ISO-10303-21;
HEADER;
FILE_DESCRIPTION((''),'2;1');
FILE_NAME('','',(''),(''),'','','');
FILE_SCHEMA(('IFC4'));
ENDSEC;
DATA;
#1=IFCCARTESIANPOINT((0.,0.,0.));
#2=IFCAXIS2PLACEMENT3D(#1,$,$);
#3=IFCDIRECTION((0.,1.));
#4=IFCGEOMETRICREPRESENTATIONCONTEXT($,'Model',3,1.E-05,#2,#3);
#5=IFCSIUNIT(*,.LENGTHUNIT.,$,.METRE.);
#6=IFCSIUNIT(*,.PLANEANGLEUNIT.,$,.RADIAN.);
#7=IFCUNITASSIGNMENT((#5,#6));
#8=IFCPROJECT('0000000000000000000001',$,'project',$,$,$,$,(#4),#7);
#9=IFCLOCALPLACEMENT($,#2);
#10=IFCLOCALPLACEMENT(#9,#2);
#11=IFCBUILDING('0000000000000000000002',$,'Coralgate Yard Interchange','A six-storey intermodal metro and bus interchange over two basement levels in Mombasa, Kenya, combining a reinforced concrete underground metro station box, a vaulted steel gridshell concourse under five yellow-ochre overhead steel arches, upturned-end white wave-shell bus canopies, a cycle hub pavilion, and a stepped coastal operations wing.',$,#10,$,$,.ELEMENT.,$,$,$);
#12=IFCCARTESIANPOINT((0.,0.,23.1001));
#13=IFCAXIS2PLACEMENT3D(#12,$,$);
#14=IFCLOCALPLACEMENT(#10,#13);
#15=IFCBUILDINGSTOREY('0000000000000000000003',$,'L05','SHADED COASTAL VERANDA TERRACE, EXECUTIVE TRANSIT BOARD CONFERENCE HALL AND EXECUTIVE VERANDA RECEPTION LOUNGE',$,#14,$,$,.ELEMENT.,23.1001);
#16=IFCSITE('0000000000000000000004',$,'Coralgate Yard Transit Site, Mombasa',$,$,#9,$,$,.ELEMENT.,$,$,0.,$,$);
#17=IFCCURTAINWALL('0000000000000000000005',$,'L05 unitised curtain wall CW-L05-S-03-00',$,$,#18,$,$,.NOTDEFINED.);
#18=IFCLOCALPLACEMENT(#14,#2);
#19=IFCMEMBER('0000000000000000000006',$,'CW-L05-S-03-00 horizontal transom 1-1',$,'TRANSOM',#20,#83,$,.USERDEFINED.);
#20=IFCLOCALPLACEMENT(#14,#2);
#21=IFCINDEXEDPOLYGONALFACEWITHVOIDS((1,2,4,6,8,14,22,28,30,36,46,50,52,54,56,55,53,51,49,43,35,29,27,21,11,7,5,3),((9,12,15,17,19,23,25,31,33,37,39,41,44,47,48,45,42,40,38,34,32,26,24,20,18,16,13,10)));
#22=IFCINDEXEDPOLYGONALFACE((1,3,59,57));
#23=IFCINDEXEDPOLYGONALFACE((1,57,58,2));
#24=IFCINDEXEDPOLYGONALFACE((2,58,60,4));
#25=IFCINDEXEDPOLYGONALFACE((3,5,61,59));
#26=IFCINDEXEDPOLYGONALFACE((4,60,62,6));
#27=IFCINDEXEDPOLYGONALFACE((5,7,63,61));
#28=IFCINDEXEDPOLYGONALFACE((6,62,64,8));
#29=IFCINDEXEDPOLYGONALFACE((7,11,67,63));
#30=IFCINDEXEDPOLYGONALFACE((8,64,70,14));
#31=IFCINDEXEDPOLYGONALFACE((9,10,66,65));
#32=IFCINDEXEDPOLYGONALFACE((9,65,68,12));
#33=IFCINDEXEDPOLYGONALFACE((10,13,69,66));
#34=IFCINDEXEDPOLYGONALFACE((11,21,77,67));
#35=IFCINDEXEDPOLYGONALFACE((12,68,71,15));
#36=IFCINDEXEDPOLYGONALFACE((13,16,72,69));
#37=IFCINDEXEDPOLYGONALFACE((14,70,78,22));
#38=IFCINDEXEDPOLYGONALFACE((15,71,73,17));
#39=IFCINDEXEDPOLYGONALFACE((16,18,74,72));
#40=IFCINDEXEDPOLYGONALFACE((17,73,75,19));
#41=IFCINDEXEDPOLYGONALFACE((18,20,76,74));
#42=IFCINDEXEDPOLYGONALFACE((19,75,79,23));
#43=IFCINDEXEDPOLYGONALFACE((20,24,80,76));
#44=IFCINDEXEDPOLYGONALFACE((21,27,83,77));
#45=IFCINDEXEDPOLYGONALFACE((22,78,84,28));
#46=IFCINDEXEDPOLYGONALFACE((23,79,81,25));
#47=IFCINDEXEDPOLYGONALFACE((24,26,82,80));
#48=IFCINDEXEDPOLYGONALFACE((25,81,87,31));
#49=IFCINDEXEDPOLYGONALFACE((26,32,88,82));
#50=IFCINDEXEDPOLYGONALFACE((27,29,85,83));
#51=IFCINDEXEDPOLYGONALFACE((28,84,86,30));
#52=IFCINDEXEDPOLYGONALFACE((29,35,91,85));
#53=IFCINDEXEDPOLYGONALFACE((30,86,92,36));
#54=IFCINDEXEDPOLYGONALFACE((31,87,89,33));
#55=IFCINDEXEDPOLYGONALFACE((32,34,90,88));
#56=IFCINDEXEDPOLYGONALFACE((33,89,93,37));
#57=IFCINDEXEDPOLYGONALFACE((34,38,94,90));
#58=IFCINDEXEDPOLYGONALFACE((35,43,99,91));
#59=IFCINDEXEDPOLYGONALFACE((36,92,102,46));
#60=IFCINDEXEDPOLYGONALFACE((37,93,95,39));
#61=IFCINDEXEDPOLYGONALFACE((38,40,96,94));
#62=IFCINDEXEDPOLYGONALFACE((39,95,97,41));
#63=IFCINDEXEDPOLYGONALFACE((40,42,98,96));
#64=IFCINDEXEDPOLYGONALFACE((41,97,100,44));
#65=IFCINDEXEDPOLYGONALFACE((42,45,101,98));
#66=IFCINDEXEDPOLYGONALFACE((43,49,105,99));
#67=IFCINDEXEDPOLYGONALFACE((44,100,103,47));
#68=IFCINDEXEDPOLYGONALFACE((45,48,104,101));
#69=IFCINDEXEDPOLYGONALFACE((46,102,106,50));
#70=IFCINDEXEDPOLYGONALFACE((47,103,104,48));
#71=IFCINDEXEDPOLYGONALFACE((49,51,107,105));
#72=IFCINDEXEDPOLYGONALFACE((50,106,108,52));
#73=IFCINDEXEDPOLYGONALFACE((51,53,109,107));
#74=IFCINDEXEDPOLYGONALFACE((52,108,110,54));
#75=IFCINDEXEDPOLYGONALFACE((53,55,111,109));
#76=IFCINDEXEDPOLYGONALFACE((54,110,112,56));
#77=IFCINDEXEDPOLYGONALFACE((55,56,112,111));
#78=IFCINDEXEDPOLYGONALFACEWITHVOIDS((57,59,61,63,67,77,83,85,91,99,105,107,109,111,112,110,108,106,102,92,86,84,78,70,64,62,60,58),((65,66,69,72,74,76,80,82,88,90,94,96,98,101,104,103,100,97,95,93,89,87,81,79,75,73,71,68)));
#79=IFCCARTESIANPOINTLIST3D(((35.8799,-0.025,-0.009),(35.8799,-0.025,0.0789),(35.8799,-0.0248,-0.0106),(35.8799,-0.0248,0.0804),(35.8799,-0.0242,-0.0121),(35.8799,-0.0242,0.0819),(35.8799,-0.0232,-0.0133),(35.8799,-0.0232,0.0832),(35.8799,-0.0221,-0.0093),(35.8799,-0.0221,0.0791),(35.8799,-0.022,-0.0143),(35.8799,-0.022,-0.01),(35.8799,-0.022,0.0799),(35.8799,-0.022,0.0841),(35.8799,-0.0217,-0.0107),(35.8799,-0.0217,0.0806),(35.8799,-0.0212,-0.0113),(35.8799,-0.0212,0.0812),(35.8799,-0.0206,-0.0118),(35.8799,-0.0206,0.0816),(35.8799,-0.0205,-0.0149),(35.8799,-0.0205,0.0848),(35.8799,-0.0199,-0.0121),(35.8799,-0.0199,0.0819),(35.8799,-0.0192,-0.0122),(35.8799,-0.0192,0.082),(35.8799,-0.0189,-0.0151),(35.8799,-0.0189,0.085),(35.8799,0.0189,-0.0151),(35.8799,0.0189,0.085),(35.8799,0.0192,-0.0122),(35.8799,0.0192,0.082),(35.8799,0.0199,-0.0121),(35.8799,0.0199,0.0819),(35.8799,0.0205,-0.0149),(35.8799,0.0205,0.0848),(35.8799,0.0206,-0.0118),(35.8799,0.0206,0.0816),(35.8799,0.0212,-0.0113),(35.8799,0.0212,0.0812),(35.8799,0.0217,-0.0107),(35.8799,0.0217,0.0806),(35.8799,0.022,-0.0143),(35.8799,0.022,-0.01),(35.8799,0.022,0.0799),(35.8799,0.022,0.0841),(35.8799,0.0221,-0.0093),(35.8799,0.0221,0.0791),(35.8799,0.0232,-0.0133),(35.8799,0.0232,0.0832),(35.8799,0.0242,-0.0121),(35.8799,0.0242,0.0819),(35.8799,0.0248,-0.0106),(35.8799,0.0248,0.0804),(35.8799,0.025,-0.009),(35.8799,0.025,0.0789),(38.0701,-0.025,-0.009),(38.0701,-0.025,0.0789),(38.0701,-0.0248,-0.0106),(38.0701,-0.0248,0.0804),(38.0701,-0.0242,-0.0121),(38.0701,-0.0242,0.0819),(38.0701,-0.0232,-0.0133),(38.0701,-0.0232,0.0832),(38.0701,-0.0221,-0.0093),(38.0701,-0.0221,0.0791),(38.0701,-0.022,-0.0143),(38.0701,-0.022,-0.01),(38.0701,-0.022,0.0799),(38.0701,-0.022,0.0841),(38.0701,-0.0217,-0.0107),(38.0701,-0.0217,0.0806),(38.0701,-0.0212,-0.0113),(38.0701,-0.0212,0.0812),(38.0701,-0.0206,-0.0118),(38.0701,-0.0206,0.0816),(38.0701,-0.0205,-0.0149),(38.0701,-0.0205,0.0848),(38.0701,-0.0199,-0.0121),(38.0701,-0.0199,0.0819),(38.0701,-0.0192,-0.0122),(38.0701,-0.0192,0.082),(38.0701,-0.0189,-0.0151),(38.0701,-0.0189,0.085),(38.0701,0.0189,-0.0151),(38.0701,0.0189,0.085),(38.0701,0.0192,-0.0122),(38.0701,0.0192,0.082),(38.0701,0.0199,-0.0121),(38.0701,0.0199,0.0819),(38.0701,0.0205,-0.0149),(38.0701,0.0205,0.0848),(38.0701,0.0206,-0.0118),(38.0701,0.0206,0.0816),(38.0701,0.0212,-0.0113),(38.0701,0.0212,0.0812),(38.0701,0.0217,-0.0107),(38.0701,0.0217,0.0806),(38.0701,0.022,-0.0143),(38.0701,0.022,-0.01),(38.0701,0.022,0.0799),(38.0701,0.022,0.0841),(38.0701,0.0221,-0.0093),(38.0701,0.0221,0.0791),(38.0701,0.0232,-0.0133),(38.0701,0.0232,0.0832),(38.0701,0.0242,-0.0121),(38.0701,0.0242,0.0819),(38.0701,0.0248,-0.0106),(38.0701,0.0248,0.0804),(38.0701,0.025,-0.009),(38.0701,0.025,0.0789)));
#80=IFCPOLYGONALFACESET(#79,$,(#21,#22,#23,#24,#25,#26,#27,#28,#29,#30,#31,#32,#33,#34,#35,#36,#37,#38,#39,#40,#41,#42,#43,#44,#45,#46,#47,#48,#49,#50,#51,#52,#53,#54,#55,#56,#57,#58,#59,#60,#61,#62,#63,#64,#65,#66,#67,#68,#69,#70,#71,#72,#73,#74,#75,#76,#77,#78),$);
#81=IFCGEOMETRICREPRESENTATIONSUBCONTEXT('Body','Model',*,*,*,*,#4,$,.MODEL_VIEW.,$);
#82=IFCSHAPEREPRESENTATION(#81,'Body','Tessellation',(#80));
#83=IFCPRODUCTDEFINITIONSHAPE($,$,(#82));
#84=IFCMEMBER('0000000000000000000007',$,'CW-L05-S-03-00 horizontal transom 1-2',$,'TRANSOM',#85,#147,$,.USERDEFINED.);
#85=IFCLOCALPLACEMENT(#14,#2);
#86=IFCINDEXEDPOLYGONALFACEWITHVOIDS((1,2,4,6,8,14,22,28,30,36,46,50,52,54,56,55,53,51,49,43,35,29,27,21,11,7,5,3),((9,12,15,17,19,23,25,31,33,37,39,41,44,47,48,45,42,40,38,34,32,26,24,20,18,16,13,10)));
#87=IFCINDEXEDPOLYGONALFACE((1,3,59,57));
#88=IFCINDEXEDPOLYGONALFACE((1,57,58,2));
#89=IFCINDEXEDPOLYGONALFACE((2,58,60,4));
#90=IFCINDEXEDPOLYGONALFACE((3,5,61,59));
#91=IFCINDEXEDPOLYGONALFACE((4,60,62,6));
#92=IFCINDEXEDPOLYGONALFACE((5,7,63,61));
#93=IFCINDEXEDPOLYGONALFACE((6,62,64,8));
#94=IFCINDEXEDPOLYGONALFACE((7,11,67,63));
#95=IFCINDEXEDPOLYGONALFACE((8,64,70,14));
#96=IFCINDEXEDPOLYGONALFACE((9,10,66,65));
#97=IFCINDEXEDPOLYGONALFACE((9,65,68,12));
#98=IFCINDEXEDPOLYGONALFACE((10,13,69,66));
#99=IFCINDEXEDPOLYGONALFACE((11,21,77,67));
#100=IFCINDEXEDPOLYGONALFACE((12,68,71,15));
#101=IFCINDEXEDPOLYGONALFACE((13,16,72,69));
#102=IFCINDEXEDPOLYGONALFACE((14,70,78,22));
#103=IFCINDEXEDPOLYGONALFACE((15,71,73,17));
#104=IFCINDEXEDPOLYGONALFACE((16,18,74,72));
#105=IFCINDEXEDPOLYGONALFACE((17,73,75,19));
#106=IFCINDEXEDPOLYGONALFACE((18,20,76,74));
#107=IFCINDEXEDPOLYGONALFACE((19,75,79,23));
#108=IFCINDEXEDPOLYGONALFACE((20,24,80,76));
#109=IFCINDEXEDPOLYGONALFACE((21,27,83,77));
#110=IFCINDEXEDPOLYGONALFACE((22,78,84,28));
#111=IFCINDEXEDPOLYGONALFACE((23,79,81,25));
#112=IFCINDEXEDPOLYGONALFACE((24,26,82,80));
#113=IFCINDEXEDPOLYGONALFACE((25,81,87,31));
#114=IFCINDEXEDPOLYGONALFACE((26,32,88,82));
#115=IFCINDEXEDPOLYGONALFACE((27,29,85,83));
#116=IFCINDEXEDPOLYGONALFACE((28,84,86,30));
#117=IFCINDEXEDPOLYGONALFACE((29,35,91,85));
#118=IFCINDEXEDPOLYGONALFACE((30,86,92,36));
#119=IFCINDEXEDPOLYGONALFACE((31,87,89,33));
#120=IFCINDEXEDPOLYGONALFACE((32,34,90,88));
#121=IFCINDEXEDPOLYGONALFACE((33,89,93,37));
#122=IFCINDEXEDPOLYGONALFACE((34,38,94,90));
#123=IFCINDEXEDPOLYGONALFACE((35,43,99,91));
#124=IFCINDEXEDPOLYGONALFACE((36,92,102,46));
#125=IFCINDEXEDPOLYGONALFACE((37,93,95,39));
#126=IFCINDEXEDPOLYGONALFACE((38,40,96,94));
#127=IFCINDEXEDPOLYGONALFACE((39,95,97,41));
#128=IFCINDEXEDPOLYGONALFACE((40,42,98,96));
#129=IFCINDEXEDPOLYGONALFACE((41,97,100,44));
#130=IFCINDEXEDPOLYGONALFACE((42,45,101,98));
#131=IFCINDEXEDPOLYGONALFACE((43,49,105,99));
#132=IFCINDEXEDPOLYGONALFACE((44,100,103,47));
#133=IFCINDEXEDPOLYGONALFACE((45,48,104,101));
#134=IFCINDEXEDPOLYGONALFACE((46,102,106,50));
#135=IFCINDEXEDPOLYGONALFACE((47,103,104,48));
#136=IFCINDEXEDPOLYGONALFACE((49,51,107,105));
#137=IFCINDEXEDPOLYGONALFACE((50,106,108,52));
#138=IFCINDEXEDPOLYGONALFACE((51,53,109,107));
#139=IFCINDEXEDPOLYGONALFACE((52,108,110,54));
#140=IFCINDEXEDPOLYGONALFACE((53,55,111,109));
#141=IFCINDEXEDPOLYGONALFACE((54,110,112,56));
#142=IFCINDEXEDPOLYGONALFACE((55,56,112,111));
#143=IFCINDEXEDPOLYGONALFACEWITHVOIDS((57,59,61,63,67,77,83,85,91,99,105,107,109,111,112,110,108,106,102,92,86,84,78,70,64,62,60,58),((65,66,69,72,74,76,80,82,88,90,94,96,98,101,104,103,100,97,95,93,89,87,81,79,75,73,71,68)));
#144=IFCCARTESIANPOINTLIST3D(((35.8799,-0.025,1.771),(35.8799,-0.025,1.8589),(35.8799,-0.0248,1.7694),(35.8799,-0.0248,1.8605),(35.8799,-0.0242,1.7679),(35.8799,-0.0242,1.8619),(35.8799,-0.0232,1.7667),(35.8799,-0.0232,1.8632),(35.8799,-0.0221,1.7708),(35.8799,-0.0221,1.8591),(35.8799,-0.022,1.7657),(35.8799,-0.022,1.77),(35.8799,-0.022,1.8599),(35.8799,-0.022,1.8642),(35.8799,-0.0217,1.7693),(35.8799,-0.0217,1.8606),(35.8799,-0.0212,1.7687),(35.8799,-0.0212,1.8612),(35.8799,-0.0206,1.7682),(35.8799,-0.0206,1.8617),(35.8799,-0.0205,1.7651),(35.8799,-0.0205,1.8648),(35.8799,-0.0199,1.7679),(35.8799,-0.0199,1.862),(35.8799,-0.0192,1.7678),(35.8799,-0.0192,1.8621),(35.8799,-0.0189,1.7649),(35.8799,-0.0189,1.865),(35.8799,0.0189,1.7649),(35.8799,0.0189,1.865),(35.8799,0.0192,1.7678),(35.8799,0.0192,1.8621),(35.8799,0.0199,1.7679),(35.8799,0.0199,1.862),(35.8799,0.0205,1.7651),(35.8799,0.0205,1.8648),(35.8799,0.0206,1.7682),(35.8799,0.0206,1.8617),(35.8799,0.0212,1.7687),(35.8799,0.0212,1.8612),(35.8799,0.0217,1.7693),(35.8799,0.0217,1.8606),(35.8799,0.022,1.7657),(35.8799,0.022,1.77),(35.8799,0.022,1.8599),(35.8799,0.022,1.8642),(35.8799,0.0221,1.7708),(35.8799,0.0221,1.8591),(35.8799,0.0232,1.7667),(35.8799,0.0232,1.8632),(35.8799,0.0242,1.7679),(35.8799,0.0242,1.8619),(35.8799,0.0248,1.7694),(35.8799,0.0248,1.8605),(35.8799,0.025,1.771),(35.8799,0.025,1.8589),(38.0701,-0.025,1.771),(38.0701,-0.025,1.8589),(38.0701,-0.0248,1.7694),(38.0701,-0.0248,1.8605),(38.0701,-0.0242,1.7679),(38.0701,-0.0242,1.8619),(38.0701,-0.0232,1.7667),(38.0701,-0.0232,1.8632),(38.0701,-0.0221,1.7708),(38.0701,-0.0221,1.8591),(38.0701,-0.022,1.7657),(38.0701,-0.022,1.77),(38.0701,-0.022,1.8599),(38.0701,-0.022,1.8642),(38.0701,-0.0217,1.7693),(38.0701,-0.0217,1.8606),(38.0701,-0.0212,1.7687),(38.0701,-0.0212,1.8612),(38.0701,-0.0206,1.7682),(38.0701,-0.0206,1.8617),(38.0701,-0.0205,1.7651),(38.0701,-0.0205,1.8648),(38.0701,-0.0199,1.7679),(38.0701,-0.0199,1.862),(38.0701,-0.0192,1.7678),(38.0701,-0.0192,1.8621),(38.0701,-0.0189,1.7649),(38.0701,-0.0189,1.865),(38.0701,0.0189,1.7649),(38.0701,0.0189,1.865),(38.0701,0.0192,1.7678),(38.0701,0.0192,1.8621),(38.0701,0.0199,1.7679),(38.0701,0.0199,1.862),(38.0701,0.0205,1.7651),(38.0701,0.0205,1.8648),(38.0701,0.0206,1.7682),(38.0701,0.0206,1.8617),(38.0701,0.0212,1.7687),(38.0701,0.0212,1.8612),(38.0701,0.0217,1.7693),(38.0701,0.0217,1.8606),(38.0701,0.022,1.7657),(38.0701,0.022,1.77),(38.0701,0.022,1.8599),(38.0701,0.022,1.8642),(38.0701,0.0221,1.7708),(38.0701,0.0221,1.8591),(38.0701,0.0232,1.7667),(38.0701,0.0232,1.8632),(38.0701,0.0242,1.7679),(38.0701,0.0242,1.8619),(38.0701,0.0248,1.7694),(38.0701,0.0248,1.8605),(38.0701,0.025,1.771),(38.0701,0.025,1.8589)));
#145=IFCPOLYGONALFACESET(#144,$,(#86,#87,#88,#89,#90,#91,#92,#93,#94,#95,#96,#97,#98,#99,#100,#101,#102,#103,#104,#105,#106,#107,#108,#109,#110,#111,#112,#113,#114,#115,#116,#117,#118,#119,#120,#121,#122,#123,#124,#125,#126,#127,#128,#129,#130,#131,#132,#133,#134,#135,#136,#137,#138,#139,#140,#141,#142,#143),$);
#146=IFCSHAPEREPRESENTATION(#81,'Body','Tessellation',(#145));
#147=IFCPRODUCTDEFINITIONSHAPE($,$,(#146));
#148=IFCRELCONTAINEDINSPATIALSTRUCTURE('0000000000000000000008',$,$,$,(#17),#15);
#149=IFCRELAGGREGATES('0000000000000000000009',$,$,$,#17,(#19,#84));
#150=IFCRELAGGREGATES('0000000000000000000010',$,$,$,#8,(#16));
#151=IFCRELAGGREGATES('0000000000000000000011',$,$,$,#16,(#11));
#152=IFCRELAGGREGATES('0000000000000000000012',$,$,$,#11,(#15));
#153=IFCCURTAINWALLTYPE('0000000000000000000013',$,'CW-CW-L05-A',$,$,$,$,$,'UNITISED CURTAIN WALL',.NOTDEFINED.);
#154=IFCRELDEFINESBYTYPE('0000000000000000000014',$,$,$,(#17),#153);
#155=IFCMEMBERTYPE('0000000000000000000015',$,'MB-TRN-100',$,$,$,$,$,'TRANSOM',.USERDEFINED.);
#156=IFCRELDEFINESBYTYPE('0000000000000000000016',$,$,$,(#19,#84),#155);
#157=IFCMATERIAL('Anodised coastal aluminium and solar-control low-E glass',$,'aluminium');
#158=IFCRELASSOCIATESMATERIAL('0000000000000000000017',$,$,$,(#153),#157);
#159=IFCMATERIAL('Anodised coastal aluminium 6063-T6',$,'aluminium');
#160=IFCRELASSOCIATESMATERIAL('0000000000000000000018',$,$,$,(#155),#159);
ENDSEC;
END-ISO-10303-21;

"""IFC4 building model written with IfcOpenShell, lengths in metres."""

from ifc_helpers import new_model, si_unit, direction, frame, origin, origin_2d, place, context, subcontext, project, spatial, hollow_rectangle, extrude, material, material_profile, profile_set, type_object, element, aggregate, save


model = new_model("IFC4")

# Units and contexts
model_context = context("Model", 3, precision=1e-05, world=origin(), true_north=direction((0.0, 1.0)))
body_context = subcontext(model_context, "Body", "Model", "MODEL_VIEW")
ifc_project = project(units=[si_unit("LENGTHUNIT", "METRE"), si_unit("PLANEANGLEUNIT", "RADIAN")], contexts=[model_context])

# Site, building, storey
site_placement = place(None, origin())
site = spatial("IfcSite", under=ifc_project, at=site_placement, Name="Coralgate Yard Transit Site, Mombasa", CompositionType="ELEMENT", RefElevation=0.0)
building_placement = place(site_placement, origin())
building = spatial("IfcBuilding", under=site, at=building_placement, Name="Coralgate Yard Interchange", Description="A six-storey intermodal metro and bus interchange over two basement levels in Mombasa, Kenya, combining a reinforced concrete underground metro station box, a vaulted steel gridshell concourse under five yellow-ochre overhead steel arches, upturned-end white wave-shell bus canopies, a cycle hub pavilion, and a stepped coastal operations wing.", CompositionType="ELEMENT")
storey_placement = place(building_placement, frame((0.0, 0.0, 23.1001)))
storey = spatial("IfcBuildingStorey", under=building, at=storey_placement, Name="L05", Description="SHADED COASTAL VERANDA TERRACE, EXECUTIVE TRANSIT BOARD CONFERENCE HALL AND EXECUTIVE VERANDA RECEPTION LOUNGE", CompositionType="ELEMENT", Elevation=23.1001)

# Curtain wall
ifc_material_1 = material(Name="Anodised coastal aluminium and solar-control low-E glass", Category="aluminium")
curtain_wall_type = type_object("IfcCurtainWallType", Name="CW-CW-L05-A", ElementType="UNITISED CURTAIN WALL", PredefinedType="NOTDEFINED", material=ifc_material_1)
curtain_wall_1_placement = place(storey_placement, origin())
curtain_wall_1 = element("IfcCurtainWall", 1, at=curtain_wall_1_placement, inside=storey, type_object=curtain_wall_type, Name="L05 unitised curtain wall CW-L05-S-03-00", PredefinedType="NOTDEFINED")
ifc_material_2 = material(Name="Anodised coastal aluminium 6063-T6", Category="aluminium")

# Members
ifc_material_profile_1 = material_profile(ifc_material_2, hollow_rectangle(XDim=0.05, YDim=0.1001, WallThickness=0.0029, InnerFilletRadius=0.0029, OuterFilletRadius=0.0061, at=origin_2d()), Name="ALU 50x100x3")
ifc_profile_set_1 = profile_set([ifc_material_profile_1], Name="Anodised coastal aluminium 6063-T6")
member_type_1 = type_object("IfcMemberType", Name="MB-TRN-100", ElementType="TRANSOM", PredefinedType="USERDEFINED", material=ifc_profile_set_1)
member_1_placement = place(storey_placement, frame((38.0701, 0.0, 0.0349), z_axis=(-1.0, 0.0, 0.0), x_axis=(0.0, -1.0, 0.0)))
member_1 = element("IfcMember", 2, at=member_1_placement, type_object=member_type_1, Name="CW-L05-S-03-00 horizontal transom 1-1", ObjectType="TRANSOM", PredefinedType="USERDEFINED", context=body_context, shape_type="SweptSolid", body=[
    extrude(hollow_rectangle(XDim=0.05, YDim=0.1001, WallThickness=0.0029, InnerFilletRadius=0.0029, OuterFilletRadius=0.0061, at=origin_2d()), origin(), (0.0, 0.0, 1.0), 2.1902),
])
member_2_placement = place(storey_placement, frame((38.0701, 0.0, 1.8149), z_axis=(-1.0, 0.0, 0.0), x_axis=(0.0, -1.0, 0.0)))
member_2 = element("IfcMember", 3, at=member_2_placement, type_object=member_type_1, Name="CW-L05-S-03-00 horizontal transom 1-2", ObjectType="TRANSOM", PredefinedType="USERDEFINED", context=body_context, shape_type="SweptSolid", body=[
    extrude(hollow_rectangle(XDim=0.05, YDim=0.1001, WallThickness=0.0029, InnerFilletRadius=0.0029, OuterFilletRadius=0.0061, at=origin_2d()), origin(), (0.0, 0.0, 1.0), 2.1902),
])

aggregate(curtain_wall_1, [member_1, member_2])

save(model, "model.ifc")
